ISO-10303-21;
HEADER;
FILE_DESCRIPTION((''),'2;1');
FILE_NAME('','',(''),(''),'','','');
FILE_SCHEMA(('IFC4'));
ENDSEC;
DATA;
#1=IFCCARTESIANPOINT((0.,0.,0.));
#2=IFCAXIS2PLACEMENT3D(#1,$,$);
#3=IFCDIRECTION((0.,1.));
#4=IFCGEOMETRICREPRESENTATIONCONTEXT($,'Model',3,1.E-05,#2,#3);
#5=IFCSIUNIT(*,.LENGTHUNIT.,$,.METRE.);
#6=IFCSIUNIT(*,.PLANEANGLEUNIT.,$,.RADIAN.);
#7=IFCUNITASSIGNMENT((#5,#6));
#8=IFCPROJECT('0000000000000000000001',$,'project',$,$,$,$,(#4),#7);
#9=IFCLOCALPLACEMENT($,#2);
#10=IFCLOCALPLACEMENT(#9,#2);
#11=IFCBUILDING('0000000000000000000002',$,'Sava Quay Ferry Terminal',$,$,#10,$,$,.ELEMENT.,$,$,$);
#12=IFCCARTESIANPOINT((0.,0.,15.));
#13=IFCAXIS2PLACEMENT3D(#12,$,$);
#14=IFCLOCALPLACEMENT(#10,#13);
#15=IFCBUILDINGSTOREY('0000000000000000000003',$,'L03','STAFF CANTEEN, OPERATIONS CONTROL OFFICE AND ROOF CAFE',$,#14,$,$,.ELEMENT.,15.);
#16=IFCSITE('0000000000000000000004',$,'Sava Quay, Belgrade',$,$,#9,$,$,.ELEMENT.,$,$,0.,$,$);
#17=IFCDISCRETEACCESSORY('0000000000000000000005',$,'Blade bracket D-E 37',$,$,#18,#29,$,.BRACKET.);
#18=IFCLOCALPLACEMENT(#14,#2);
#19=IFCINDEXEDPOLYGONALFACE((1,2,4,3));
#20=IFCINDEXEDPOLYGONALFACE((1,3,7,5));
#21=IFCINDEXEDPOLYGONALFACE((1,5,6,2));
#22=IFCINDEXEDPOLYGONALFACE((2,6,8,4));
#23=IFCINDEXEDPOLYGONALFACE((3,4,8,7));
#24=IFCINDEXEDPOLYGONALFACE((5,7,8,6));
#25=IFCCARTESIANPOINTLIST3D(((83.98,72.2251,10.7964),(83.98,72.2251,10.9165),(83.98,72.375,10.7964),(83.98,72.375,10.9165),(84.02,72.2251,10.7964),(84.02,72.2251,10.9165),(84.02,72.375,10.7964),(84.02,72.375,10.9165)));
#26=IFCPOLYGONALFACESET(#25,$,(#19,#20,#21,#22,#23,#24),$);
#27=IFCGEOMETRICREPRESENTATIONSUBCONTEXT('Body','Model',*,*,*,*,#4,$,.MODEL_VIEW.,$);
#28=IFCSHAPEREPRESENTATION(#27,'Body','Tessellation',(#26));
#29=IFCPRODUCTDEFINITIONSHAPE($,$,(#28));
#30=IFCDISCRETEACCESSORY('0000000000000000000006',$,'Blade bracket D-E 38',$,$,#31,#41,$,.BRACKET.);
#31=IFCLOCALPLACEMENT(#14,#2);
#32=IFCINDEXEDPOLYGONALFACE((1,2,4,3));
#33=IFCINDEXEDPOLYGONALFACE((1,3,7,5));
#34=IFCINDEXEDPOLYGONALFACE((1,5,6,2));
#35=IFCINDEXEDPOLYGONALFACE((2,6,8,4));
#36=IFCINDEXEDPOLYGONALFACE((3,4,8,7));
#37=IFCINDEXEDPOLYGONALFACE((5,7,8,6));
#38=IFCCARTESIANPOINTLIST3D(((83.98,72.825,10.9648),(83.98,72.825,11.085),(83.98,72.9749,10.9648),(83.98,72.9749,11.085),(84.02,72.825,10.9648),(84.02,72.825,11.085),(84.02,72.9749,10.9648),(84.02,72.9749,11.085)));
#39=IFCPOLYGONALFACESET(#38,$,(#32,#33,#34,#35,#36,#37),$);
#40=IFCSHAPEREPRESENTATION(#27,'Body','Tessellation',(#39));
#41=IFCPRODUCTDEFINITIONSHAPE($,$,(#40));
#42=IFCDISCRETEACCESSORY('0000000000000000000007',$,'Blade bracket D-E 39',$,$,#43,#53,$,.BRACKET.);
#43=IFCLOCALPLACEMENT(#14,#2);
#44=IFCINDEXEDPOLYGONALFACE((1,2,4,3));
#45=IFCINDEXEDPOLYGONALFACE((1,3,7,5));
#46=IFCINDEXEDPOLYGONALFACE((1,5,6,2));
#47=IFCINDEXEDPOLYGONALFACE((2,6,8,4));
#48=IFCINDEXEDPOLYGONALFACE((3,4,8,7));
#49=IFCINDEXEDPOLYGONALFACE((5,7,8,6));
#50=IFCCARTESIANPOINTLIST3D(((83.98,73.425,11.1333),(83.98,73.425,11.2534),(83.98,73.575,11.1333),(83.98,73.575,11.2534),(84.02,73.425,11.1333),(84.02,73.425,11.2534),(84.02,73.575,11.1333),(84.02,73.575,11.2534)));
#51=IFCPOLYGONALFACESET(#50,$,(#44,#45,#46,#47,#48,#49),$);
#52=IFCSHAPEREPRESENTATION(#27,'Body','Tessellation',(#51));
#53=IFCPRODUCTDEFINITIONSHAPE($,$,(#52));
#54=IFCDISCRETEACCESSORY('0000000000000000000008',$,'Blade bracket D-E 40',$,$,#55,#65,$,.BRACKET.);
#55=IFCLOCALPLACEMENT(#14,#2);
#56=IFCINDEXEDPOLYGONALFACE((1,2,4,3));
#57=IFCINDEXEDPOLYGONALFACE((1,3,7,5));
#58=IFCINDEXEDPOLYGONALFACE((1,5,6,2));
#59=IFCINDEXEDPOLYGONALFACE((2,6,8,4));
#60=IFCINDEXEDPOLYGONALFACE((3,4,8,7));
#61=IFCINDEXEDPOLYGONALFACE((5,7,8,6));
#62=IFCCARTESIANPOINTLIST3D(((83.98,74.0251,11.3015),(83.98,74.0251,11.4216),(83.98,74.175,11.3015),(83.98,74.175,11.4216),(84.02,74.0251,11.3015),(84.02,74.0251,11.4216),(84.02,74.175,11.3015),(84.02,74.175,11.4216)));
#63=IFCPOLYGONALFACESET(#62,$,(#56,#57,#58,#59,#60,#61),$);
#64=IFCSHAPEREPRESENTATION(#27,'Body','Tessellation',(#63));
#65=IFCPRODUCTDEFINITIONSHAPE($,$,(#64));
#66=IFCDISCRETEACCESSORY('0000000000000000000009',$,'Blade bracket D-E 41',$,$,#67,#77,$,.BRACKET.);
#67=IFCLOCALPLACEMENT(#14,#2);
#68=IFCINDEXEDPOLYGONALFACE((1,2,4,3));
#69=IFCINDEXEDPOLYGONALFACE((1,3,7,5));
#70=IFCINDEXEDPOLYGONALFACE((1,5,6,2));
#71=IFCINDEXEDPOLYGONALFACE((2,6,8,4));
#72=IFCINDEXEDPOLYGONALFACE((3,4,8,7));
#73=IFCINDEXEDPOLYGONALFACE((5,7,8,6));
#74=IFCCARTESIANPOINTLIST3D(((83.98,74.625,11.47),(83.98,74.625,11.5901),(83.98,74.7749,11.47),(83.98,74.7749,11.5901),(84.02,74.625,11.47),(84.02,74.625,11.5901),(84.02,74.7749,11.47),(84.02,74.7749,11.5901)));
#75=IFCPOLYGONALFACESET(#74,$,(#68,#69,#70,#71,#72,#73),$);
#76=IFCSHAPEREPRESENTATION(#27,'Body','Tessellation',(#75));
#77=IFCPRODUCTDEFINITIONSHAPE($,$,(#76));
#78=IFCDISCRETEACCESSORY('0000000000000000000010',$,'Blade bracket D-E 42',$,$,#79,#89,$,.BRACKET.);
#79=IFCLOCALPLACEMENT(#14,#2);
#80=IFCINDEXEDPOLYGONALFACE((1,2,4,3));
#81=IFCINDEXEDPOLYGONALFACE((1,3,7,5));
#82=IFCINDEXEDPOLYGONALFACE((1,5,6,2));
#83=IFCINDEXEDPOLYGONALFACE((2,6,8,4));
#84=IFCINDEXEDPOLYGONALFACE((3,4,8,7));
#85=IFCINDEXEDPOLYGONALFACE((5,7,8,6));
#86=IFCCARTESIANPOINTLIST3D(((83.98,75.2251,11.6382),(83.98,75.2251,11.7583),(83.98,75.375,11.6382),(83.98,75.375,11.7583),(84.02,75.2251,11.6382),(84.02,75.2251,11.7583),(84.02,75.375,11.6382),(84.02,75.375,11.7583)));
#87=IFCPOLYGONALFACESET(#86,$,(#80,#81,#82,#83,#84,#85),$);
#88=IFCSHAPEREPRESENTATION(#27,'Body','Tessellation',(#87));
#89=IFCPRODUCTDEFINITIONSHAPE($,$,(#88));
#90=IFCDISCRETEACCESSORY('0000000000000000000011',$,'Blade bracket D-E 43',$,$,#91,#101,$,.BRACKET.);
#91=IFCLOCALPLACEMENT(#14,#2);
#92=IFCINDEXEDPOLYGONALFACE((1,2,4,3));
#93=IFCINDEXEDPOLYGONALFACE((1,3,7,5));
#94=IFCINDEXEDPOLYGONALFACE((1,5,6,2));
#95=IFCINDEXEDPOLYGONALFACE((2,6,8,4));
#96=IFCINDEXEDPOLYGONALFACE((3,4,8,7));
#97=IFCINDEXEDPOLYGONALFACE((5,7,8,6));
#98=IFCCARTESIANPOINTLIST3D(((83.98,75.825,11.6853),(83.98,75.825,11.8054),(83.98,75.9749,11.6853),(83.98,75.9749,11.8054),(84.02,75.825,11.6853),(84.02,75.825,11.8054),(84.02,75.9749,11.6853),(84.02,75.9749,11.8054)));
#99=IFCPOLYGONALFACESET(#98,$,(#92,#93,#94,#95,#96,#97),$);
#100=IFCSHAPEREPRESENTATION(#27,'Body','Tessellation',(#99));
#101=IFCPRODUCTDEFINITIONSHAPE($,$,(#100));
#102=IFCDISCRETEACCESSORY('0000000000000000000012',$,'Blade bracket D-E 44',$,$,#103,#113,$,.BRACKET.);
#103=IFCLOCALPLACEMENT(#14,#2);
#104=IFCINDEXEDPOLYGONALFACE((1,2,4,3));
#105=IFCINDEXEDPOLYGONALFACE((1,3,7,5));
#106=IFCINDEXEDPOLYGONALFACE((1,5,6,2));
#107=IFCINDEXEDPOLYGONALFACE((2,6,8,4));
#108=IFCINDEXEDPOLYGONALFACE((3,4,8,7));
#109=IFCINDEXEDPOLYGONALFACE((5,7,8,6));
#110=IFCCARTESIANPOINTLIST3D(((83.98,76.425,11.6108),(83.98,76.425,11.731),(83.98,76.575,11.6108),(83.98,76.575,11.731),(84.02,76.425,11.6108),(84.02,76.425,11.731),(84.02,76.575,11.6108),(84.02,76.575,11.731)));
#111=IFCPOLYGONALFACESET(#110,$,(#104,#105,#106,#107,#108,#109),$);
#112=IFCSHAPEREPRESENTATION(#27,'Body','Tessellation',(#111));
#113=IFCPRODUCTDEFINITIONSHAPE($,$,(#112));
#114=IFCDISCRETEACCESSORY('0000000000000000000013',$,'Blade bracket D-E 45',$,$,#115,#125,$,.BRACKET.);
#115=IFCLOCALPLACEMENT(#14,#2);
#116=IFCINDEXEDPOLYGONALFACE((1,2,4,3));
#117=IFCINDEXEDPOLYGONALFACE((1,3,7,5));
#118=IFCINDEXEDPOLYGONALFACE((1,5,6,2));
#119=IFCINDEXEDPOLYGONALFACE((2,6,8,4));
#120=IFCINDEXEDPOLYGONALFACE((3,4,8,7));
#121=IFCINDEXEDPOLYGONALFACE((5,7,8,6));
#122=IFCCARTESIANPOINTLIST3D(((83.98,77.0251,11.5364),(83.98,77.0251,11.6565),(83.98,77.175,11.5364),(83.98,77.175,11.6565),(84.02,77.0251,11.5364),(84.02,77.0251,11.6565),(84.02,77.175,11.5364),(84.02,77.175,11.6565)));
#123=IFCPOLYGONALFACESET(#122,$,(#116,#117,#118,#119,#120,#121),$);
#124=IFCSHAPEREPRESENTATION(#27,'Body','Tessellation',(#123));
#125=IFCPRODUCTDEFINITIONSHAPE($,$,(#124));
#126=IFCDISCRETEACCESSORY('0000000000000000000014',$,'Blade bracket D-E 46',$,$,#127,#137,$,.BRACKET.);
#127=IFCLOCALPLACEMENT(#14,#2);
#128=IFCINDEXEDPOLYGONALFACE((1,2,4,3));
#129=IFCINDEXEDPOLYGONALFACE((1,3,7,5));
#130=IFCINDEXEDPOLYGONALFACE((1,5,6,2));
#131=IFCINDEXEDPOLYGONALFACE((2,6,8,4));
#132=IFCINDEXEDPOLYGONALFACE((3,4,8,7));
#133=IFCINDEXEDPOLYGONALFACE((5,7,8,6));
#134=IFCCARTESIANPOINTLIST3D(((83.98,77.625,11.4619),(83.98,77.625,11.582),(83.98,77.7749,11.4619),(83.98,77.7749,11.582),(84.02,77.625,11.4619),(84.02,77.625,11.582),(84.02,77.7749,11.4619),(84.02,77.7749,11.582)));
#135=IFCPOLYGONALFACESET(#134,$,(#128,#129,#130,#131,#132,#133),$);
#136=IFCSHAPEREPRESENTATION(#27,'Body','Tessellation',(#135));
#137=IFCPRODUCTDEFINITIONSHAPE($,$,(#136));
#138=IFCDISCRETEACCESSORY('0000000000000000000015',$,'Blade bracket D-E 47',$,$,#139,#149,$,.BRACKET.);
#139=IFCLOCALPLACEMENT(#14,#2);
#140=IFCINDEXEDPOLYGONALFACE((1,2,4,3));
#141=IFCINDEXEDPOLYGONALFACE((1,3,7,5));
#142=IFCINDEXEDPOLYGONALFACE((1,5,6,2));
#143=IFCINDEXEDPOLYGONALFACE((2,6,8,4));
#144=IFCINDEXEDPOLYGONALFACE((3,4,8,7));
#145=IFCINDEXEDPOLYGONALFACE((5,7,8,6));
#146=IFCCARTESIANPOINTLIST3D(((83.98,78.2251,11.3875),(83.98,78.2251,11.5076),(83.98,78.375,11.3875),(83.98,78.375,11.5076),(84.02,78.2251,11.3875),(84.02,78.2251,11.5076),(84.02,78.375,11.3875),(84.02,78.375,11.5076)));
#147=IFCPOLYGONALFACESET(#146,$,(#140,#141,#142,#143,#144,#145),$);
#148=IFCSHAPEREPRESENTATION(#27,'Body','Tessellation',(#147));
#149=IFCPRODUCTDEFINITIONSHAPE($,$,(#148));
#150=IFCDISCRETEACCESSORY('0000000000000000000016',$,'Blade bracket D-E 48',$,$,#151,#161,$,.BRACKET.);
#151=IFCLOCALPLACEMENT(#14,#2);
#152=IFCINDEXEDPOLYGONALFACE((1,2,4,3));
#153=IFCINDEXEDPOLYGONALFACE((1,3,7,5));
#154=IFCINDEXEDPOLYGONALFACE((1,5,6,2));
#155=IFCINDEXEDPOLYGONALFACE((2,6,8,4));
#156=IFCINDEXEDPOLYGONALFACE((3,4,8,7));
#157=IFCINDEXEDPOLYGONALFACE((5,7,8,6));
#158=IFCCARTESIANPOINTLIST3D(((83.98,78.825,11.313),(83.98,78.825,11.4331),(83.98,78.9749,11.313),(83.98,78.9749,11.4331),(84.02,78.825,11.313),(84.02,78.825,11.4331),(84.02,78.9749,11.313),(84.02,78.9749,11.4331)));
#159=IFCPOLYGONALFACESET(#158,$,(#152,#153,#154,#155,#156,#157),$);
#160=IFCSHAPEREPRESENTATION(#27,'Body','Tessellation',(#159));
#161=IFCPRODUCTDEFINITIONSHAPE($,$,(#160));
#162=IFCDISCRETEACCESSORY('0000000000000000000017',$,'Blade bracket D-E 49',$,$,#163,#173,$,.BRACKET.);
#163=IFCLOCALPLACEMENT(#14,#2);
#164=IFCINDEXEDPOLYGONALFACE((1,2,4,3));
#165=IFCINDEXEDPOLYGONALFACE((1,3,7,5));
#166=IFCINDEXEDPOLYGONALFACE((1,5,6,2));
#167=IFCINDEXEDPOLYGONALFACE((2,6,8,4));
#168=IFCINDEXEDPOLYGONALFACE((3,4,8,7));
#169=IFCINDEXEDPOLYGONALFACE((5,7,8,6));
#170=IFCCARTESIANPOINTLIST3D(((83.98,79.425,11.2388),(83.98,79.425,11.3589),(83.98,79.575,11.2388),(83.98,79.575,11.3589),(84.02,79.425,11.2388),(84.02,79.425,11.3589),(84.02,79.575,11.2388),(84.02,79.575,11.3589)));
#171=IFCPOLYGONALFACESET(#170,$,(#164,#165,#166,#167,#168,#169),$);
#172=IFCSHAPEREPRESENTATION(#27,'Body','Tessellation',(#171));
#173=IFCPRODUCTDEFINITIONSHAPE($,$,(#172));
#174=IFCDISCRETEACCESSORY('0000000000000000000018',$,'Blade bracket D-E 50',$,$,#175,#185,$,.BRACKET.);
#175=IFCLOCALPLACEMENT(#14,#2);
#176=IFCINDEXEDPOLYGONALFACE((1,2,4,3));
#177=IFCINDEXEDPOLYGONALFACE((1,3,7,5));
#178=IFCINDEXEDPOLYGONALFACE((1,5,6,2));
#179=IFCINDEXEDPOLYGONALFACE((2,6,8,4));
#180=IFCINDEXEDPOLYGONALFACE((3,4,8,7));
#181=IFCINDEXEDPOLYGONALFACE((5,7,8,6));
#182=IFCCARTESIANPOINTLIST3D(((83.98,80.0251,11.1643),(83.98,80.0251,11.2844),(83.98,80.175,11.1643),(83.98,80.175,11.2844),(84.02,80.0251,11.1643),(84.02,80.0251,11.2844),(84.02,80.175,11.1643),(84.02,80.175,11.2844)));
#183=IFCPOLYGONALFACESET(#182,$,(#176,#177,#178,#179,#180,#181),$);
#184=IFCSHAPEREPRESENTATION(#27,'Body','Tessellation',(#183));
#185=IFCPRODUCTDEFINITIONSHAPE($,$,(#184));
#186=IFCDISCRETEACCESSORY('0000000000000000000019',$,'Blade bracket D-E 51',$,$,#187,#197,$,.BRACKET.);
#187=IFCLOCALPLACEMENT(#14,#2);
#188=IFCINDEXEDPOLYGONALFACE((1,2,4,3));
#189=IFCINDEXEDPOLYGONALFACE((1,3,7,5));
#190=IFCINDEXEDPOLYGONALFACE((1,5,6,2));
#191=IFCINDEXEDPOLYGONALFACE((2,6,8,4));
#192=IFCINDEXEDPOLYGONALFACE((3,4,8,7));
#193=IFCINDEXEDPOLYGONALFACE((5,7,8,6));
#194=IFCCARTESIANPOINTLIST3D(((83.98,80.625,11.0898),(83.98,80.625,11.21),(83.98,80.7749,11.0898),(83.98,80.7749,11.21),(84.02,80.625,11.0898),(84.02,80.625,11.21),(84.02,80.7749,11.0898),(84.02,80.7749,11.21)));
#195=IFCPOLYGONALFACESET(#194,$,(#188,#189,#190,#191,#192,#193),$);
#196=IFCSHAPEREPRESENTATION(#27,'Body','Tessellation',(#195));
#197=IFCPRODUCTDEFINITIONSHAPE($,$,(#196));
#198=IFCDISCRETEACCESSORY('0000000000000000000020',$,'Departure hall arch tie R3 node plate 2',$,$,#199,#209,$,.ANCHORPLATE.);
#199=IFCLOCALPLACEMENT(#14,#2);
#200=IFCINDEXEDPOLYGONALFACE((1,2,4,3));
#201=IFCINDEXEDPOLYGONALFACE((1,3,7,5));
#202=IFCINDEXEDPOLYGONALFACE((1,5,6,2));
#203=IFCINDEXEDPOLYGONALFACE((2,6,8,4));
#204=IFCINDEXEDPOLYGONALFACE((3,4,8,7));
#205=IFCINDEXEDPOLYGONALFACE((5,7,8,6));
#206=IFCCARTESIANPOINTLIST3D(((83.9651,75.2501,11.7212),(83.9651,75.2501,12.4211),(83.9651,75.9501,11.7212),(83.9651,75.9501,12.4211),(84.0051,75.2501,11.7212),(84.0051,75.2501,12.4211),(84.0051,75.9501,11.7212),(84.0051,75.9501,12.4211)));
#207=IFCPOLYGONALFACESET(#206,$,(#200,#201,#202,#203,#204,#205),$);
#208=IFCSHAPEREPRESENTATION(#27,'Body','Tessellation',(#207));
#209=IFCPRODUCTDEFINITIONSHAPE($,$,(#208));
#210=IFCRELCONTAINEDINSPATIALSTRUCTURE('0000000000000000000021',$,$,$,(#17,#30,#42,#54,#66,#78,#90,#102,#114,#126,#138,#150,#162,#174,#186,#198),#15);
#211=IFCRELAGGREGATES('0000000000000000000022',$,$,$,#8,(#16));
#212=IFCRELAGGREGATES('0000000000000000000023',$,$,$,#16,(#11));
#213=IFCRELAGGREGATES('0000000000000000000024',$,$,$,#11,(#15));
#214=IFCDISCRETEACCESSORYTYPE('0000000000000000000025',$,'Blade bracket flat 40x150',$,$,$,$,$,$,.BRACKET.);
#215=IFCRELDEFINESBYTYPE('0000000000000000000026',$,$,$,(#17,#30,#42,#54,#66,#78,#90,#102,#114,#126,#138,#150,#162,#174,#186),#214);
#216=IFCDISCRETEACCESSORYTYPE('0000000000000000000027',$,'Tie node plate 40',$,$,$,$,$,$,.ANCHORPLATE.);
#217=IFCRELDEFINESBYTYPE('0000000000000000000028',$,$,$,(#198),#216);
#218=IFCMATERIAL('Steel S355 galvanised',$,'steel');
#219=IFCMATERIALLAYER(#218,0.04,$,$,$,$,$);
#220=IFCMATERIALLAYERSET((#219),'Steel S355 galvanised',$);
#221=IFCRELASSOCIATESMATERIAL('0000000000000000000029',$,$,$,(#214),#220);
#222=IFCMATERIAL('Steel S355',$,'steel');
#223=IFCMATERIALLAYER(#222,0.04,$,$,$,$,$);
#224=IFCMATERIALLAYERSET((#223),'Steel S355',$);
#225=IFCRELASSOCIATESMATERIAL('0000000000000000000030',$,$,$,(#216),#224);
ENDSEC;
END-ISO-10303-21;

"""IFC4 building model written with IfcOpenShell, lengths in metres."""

from ifc_helpers import new_model, si_unit, direction, frame, origin, origin_2d, place, context, subcontext, project, spatial, rectangle, extrude, material, layer, layer_set, type_object, element, save


model = new_model("IFC4")

# Units and contexts
model_context = context("Model", 3, precision=1e-05, world=origin(), true_north=direction((0.0, 1.0)))
body_context = subcontext(model_context, "Body", "Model", "MODEL_VIEW")
ifc_project = project(units=[si_unit("LENGTHUNIT", "METRE"), si_unit("PLANEANGLEUNIT", "RADIAN")], contexts=[model_context])

# Site, building, storey
site_placement = place(None, origin())
site = spatial("IfcSite", under=ifc_project, at=site_placement, Name="Sava Quay, Belgrade", CompositionType="ELEMENT", RefElevation=0.0)
building_placement = place(site_placement, origin())
building = spatial("IfcBuilding", under=site, at=building_placement, Name="Sava Quay Ferry Terminal", CompositionType="ELEMENT")
storey_placement = place(building_placement, frame((0.0, 0.0, 15.0)))
storey = spatial("IfcBuildingStorey", under=building, at=storey_placement, Name="L03", Description="STAFF CANTEEN, OPERATIONS CONTROL OFFICE AND ROOF CAFE", CompositionType="ELEMENT", Elevation=15.0)

# Discrete accessories
ifc_material_1 = material(Name="Steel S355 galvanised", Category="steel")
ifc_layer_1 = layer(ifc_material_1, 0.04)
ifc_layer_set_1 = layer_set([ifc_layer_1], Name="Steel S355 galvanised")
discrete_accessory_type_1 = type_object("IfcDiscreteAccessoryType", Name="Blade bracket flat 40x150", PredefinedType="BRACKET", material=ifc_layer_set_1)
for number, where, z_axis, x_axis, name in (
    (1, (84.0, 72.3, 10.7964), (0.0, 0.0, 1.0), (1.0, 0.0, 0.0), "Blade bracket D-E 37"),
    (2, (84.0, 72.8999, 10.9648), (0.0, 0.0, 1.0), (1.0, 0.0, 0.0), "Blade bracket D-E 38"),
    (3, (84.0, 73.5, 11.1333), (0.0, 0.0, 1.0), (1.0, 0.0, 0.0), "Blade bracket D-E 39"),
    (4, (84.0, 74.1001, 11.3015), (0.0, 0.0, 1.0), (1.0, 0.0, 0.0), "Blade bracket D-E 40"),
    (5, (84.0, 74.7, 11.47), (0.0, 0.0, 1.0), (1.0, 0.0, 0.0), "Blade bracket D-E 41"),
    (6, (84.0, 75.3, 11.6382), (0.0, 0.0, 1.0), (1.0, 0.0, 0.0), "Blade bracket D-E 42"),
    (7, (84.0, 75.8999, 11.6853), (0.0, 0.0, 1.0), (1.0, 0.0, 0.0), "Blade bracket D-E 43"),
    (8, (84.0, 76.5, 11.6108), (0.0, 0.0, 1.0), (1.0, 0.0, 0.0), "Blade bracket D-E 44"),
    (9, (84.0, 77.1001, 11.5364), (0.0, 0.0, 1.0), (1.0, 0.0, 0.0), "Blade bracket D-E 45"),
    (10, (84.0, 77.7, 11.4619), (0.0, 0.0, 1.0), (1.0, 0.0, 0.0), "Blade bracket D-E 46"),
    (11, (84.0, 78.3, 11.3875), (0.0, 0.0, 1.0), (1.0, 0.0, 0.0), "Blade bracket D-E 47"),
    (12, (84.0, 78.8999, 11.313), (0.0, 0.0, 1.0), (1.0, 0.0, 0.0), "Blade bracket D-E 48"),
    (13, (84.0, 79.5, 11.2388), (0.0, 0.0, 1.0), (1.0, 0.0, 0.0), "Blade bracket D-E 49"),
    (14, (84.0, 80.1001, 11.1643), (0.0, 0.0, 1.0), (1.0, 0.0, 0.0), "Blade bracket D-E 50"),
    (15, (84.0, 80.7, 11.0898), (0.0, 0.0, 1.0), (1.0, 0.0, 0.0), "Blade bracket D-E 51"),
):
    element("IfcDiscreteAccessory", number, at=place(storey_placement, frame(where, z_axis=z_axis, x_axis=x_axis)), inside=storey, type_object=discrete_accessory_type_1, Name=name, PredefinedType="BRACKET", context=body_context, shape_type="SweptSolid", body=[
        extrude(rectangle(XDim=0.04, YDim=0.1499, at=origin_2d()), origin(), (0.0, 0.0, 1.0), 0.1201),
    ])
ifc_material_2 = material(Name="Steel S355", Category="steel")
ifc_layer_2 = layer(ifc_material_2, 0.04)
ifc_layer_set_2 = layer_set([ifc_layer_2], Name="Steel S355")
discrete_accessory_type_2 = type_object("IfcDiscreteAccessoryType", Name="Tie node plate 40", PredefinedType="ANCHORPLATE", material=ifc_layer_set_2)
discrete_accessory_placement = place(storey_placement, frame((83.9851, 75.6001, 11.7212), z_axis=(0.0, 0.0, 1.0), x_axis=(1.0, 0.0, 0.0)))
element("IfcDiscreteAccessory", 16, at=discrete_accessory_placement, inside=storey, type_object=discrete_accessory_type_2, Name="Departure hall arch tie R3 node plate 2", PredefinedType="ANCHORPLATE", context=body_context, shape_type="SweptSolid", body=[
    extrude(rectangle(XDim=0.04, YDim=0.7, at=origin_2d()), origin(), (0.0, 0.0, 1.0), 0.7),
])

save(model, "model.ifc")
